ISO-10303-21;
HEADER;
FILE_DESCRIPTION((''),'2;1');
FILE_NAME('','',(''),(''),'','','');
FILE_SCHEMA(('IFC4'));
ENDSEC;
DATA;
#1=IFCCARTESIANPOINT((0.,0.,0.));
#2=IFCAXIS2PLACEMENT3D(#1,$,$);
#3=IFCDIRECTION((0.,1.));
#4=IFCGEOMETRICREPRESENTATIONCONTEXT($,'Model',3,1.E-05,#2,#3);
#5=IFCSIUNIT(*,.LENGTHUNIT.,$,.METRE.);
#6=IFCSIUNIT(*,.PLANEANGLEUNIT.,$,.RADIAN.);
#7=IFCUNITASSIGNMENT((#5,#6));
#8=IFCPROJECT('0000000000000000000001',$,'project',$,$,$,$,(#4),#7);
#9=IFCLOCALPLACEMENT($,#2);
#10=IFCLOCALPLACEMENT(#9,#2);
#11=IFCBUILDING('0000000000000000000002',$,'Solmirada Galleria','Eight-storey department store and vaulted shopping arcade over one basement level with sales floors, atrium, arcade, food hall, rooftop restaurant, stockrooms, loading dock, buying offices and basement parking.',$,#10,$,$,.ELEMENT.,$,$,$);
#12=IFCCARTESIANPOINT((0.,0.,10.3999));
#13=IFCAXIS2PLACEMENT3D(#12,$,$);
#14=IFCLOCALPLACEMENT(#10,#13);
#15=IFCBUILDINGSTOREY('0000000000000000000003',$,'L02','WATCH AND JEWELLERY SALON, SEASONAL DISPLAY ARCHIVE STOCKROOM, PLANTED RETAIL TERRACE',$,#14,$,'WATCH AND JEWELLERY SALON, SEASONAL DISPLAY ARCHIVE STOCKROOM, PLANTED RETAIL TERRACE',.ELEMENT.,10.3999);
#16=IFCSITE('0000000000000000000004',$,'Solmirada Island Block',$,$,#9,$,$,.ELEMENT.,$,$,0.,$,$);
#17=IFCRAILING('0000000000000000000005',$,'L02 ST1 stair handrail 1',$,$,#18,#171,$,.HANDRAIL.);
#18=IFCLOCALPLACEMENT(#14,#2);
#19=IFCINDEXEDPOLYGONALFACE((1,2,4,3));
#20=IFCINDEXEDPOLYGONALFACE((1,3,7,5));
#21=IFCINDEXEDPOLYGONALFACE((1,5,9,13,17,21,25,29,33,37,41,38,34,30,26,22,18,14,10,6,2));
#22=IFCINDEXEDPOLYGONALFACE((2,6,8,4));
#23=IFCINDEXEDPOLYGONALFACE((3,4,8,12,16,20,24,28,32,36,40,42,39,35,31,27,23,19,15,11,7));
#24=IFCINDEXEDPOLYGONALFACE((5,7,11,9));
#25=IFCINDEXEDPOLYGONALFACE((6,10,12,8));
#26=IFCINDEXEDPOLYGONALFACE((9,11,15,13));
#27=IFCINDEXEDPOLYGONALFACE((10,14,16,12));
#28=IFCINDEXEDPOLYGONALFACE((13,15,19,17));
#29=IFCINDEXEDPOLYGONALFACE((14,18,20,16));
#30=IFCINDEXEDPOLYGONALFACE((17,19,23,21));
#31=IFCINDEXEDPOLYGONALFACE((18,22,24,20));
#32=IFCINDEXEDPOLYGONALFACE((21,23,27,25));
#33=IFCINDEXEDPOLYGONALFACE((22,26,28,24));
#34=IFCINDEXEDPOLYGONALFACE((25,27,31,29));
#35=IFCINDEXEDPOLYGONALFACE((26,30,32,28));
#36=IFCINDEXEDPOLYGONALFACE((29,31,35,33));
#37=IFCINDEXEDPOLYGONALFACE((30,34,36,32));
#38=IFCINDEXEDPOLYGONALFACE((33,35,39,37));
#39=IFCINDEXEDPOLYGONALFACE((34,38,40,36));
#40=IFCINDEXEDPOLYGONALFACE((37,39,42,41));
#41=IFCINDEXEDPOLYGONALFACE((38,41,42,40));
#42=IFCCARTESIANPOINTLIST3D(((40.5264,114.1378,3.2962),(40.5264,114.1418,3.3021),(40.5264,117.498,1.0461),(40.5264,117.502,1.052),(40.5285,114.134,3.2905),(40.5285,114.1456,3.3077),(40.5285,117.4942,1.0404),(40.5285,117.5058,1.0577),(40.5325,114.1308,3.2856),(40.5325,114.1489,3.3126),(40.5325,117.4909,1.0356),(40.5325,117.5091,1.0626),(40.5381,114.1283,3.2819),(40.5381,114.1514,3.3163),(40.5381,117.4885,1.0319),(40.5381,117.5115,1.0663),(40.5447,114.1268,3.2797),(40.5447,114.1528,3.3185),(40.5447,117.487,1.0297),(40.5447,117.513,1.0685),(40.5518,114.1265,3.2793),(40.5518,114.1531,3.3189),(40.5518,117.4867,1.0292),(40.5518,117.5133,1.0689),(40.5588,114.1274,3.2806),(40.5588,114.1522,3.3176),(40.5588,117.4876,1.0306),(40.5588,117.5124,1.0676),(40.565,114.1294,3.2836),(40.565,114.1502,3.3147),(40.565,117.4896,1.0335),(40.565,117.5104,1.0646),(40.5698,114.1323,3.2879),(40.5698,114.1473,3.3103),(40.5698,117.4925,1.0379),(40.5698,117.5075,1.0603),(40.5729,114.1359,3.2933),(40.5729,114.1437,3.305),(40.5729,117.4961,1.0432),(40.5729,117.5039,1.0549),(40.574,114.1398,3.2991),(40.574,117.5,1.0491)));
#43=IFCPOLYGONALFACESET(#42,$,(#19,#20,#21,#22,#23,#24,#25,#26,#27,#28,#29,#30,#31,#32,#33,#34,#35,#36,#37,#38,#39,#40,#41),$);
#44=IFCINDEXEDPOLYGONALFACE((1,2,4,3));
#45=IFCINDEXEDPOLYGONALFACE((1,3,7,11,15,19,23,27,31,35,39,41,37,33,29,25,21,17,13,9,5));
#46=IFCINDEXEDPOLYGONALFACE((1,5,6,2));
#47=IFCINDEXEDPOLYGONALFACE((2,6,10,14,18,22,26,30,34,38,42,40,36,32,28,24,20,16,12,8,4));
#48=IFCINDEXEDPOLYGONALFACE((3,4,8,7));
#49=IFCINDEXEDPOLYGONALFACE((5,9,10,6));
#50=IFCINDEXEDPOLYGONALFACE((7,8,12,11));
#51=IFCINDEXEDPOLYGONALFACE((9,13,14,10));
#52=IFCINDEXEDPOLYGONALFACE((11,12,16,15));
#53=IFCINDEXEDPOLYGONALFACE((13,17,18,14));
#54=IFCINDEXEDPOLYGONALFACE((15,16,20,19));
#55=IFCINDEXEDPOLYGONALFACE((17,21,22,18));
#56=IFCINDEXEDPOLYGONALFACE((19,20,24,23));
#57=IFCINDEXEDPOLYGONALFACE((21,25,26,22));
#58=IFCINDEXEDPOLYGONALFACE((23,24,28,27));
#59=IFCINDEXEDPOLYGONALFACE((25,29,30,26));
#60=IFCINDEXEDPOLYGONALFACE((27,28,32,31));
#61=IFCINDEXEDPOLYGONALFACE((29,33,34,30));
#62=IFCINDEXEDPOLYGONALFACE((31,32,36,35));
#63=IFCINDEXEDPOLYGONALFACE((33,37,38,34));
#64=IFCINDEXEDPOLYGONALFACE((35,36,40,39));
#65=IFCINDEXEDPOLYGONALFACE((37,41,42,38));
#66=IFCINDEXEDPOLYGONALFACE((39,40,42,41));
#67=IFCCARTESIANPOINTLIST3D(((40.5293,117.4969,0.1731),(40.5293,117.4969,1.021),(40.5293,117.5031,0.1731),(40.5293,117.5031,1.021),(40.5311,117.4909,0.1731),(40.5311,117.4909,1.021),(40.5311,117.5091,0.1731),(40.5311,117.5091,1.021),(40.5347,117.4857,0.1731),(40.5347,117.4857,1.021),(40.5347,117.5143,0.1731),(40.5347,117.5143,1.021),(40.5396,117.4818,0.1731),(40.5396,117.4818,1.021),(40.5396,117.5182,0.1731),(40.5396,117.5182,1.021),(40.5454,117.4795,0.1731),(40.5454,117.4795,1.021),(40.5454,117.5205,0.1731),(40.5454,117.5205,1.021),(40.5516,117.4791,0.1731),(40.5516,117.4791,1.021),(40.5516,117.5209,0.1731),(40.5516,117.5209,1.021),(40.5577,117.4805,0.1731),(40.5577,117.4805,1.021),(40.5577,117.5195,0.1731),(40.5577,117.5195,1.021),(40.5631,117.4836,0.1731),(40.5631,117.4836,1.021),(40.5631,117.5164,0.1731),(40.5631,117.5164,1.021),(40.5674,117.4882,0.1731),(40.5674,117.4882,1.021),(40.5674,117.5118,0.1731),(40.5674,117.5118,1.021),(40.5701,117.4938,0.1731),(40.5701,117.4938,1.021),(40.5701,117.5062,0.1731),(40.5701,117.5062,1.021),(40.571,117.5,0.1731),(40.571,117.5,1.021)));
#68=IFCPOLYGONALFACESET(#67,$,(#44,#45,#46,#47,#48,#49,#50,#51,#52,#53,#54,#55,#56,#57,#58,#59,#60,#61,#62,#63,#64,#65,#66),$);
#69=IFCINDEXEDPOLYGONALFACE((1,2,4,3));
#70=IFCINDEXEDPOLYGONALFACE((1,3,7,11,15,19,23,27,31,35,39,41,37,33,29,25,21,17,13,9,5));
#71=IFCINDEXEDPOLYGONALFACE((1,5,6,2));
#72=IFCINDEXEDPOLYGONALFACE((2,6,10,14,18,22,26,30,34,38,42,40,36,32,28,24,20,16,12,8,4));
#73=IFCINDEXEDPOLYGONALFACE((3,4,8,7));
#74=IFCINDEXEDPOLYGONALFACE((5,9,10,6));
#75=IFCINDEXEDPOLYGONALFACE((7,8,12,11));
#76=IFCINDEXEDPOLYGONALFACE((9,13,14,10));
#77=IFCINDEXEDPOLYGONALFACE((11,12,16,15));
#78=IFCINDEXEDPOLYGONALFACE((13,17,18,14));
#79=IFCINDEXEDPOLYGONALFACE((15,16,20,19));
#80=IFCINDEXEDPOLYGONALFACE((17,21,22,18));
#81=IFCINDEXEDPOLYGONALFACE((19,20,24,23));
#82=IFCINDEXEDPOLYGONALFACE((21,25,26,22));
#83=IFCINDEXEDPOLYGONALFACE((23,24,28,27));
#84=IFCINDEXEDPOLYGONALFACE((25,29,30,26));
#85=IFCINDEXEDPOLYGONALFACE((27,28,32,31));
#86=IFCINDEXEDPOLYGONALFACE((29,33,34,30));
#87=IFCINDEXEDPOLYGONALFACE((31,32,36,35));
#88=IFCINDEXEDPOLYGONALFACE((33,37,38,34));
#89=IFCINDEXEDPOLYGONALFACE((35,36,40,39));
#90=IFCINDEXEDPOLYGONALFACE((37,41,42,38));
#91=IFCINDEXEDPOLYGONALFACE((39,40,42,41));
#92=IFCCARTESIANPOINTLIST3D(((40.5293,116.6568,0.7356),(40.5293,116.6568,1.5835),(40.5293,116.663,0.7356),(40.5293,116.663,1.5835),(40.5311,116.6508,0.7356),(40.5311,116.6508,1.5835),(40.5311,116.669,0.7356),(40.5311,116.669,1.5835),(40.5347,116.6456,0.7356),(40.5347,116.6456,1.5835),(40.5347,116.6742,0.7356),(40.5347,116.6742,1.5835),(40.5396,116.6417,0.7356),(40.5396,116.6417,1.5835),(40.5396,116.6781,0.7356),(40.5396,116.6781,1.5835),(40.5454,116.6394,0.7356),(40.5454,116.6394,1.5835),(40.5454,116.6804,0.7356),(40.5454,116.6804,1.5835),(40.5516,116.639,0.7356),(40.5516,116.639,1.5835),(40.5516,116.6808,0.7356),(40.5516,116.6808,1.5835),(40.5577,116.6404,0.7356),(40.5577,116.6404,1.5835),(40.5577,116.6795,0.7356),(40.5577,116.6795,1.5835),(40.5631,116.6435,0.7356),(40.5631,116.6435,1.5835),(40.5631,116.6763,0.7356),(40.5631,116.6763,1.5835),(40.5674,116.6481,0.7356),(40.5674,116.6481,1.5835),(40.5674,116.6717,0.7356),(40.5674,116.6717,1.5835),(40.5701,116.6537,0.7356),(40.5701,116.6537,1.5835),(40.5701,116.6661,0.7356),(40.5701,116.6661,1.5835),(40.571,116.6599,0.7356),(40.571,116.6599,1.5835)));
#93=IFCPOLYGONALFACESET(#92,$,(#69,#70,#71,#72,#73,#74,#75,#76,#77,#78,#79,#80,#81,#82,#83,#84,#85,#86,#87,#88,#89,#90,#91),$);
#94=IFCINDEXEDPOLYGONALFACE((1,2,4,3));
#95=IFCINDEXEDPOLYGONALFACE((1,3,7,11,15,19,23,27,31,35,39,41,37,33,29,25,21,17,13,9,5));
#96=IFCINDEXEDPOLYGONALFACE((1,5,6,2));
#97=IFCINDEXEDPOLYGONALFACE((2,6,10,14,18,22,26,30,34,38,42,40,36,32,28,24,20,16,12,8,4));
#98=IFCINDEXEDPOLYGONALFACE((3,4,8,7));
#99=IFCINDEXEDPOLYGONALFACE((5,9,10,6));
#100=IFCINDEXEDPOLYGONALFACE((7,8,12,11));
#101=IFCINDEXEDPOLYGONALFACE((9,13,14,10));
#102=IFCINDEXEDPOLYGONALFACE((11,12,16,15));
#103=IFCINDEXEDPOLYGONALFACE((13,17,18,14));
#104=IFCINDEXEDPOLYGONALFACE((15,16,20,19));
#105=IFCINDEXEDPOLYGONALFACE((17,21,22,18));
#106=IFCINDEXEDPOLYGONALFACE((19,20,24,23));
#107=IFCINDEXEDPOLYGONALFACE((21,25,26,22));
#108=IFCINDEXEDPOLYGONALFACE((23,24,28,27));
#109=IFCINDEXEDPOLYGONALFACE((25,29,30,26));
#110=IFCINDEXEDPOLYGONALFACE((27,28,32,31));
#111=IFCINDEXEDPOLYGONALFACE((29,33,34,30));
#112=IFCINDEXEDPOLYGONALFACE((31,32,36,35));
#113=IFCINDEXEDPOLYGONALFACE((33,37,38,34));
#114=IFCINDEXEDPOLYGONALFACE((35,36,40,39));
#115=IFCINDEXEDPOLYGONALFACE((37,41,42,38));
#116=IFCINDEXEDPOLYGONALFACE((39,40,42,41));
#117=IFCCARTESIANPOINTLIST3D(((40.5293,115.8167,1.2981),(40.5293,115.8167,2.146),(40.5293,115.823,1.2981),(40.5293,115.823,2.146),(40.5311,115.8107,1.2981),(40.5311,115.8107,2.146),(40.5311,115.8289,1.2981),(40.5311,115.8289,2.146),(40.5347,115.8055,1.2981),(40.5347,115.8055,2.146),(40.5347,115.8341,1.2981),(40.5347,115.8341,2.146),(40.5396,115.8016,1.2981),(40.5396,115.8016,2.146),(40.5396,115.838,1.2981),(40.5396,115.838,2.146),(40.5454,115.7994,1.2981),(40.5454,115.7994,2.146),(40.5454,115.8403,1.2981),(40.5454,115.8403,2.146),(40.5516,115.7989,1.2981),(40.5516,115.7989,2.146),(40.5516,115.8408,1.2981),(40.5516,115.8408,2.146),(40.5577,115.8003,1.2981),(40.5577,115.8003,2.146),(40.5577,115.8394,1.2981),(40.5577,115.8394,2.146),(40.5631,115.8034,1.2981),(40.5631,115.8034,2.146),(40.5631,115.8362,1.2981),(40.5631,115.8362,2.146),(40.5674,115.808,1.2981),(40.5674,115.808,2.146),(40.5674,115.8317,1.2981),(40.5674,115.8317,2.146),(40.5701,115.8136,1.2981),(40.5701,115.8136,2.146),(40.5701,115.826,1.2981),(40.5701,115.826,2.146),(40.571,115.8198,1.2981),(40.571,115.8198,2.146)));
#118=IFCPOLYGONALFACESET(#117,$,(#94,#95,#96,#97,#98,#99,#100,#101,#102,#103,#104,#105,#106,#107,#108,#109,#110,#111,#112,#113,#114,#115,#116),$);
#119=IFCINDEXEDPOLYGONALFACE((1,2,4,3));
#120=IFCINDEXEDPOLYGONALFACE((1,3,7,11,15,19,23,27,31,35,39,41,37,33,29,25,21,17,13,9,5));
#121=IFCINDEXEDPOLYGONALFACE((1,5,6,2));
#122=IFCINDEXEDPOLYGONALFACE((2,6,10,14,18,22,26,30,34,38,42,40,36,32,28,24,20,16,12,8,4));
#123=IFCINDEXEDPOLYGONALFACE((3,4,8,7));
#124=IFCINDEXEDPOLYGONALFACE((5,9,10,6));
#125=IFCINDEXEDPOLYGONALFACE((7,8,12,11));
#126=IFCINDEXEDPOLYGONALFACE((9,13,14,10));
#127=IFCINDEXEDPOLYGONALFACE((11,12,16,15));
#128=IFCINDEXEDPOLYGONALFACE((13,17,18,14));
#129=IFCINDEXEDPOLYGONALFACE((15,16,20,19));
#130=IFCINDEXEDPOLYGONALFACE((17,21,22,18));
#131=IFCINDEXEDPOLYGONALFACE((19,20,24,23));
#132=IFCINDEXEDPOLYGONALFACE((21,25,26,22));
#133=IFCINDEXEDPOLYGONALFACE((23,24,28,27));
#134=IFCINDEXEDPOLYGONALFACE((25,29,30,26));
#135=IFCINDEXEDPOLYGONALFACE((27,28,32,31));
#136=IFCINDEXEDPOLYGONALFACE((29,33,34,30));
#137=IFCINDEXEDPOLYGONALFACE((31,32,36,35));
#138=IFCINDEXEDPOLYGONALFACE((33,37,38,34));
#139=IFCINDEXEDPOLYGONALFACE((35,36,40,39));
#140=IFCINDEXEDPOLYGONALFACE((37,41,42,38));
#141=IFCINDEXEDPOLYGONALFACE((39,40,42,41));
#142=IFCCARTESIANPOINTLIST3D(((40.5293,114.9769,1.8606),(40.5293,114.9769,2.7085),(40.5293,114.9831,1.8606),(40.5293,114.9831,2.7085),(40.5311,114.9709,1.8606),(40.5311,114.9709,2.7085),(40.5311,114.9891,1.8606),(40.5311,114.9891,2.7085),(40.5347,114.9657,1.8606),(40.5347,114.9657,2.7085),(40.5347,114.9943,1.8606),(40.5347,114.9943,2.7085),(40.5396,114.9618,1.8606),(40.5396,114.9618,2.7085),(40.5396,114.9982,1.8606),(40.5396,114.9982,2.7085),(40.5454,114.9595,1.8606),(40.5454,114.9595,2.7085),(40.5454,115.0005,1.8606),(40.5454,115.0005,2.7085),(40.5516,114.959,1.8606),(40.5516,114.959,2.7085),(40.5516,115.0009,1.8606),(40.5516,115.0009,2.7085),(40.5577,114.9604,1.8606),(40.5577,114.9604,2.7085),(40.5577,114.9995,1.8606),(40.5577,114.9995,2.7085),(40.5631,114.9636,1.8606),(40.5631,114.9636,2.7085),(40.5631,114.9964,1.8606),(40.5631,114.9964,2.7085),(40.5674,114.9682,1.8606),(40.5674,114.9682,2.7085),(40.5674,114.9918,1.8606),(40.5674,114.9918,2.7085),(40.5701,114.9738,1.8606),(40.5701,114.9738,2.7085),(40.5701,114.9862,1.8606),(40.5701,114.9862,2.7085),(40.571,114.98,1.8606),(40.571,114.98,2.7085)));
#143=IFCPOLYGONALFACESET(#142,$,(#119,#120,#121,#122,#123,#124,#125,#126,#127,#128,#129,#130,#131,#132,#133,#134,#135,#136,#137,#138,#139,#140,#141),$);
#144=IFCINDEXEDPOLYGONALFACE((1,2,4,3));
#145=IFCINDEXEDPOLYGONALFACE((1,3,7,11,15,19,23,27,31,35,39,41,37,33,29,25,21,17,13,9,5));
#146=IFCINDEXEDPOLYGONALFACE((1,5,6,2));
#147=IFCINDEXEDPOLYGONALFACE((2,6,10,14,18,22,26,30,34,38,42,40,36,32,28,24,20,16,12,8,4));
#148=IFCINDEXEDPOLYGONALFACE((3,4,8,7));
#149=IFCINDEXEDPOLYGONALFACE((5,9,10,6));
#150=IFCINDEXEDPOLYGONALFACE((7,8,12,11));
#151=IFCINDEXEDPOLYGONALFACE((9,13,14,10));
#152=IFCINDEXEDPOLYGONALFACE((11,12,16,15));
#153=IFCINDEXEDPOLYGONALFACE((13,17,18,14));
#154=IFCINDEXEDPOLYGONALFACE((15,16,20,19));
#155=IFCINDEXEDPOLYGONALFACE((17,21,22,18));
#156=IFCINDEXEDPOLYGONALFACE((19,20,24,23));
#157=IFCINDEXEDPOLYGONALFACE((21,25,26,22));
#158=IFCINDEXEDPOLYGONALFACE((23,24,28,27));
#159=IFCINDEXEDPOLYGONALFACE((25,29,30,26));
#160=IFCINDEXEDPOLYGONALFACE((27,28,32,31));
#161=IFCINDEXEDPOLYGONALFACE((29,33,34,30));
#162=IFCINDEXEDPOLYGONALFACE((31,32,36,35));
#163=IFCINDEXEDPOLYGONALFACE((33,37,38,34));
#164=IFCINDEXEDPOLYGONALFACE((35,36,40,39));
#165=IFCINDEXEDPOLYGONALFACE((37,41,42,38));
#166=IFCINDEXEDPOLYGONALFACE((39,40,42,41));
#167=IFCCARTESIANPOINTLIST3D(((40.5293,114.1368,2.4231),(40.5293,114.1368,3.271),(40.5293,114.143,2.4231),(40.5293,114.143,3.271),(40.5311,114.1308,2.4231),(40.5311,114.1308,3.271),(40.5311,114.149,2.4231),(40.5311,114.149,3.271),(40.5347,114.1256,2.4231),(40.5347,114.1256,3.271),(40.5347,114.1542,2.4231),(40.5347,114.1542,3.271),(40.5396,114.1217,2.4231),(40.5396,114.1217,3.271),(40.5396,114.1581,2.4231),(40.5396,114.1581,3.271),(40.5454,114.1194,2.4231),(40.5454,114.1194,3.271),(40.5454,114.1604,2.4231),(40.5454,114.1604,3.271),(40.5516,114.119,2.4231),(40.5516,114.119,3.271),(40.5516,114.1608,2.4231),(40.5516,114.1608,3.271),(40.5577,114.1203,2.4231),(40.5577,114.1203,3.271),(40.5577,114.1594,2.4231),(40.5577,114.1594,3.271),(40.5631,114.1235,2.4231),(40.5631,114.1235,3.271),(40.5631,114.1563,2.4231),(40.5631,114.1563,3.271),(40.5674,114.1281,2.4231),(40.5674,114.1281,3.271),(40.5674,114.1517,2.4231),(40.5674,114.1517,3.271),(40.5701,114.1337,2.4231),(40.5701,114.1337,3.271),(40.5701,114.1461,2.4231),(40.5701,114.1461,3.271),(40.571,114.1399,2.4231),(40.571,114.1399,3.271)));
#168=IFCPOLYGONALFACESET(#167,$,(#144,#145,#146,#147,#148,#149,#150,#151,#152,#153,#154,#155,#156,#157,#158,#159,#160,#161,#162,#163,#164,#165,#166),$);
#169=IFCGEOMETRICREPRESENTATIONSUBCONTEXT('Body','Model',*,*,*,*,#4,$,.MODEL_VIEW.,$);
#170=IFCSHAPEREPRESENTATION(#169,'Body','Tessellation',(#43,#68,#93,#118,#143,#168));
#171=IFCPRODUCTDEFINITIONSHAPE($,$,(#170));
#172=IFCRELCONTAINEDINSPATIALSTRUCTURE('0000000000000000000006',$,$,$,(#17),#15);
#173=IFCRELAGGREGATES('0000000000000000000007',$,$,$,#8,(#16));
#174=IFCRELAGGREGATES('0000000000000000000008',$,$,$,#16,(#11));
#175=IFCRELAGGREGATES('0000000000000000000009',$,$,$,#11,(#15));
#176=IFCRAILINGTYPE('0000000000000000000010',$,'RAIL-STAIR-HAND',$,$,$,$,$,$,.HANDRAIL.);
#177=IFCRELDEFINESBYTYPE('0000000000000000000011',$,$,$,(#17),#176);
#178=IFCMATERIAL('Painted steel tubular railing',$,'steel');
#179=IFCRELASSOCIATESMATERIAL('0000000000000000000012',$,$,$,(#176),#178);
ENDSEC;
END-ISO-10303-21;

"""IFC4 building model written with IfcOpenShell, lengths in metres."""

from ifc_helpers import new_model, si_unit, direction, frame, origin, origin_2d, place, context, subcontext, project, spatial, circle, extrude, material, type_object, element, save


model = new_model("IFC4")

# Units and contexts
model_context = context("Model", 3, precision=1e-05, world=origin(), true_north=direction((0.0, 1.0)))
body_context = subcontext(model_context, "Body", "Model", "MODEL_VIEW")
ifc_project = project(units=[si_unit("LENGTHUNIT", "METRE"), si_unit("PLANEANGLEUNIT", "RADIAN")], contexts=[model_context])

# Site, building, storey
site_placement = place(None, origin())
site = spatial("IfcSite", under=ifc_project, at=site_placement, Name="Solmirada Island Block", CompositionType="ELEMENT", RefElevation=0.0)
building_placement = place(site_placement, origin())
building = spatial("IfcBuilding", under=site, at=building_placement, Name="Solmirada Galleria", Description="Eight-storey department store and vaulted shopping arcade over one basement level with sales floors, atrium, arcade, food hall, rooftop restaurant, stockrooms, loading dock, buying offices and basement parking.", CompositionType="ELEMENT")
storey_placement = place(building_placement, frame((0.0, 0.0, 10.3999)))
storey = spatial("IfcBuildingStorey", under=building, at=storey_placement, Name="L02", Description="WATCH AND JEWELLERY SALON, SEASONAL DISPLAY ARCHIVE STOCKROOM, PLANTED RETAIL TERRACE", LongName="WATCH AND JEWELLERY SALON, SEASONAL DISPLAY ARCHIVE STOCKROOM, PLANTED RETAIL TERRACE", CompositionType="ELEMENT", Elevation=10.3999)

# Railing
ifc_material_1 = material(Name="Painted steel tubular railing", Category="steel")
railing_type_1 = type_object("IfcRailingType", Name="RAIL-STAIR-HAND", PredefinedType="HANDRAIL", material=ifc_material_1)
railing_1_placement = place(storey_placement, frame((40.55, 117.5, 0.1731)))
element("IfcRailing", 1, at=railing_1_placement, inside=storey, type_object=railing_type_1, Name="L02 ST1 stair handrail 1", PredefinedType="HANDRAIL", context=body_context, shape_type="SweptSolid", body=[
    extrude(circle(Radius=0.0239, at=origin_2d()), frame((0.0, 0.0, 0.876), z_axis=(0.0, -0.830915, 0.556399), x_axis=(1.0, 0.0, 0.0)), (0.0, 0.0, 1.0), 4.0439),
    extrude(circle(Radius=0.021, at=origin_2d()), origin(), (0.0, 0.0, 1.0), 0.8479),
    extrude(circle(Radius=0.021, at=origin_2d()), frame((0.0, -0.8401, 0.5625)), (0.0, 0.0, 1.0), 0.8479),
    extrude(circle(Radius=0.021, at=origin_2d()), frame((0.0, -1.6802, 1.125)), (0.0, 0.0, 1.0), 0.8479),
    extrude(circle(Radius=0.021, at=origin_2d()), frame((0.0, -2.52, 1.6875)), (0.0, 0.0, 1.0), 0.8479),
    extrude(circle(Radius=0.021, at=origin_2d()), frame((0.0, -3.3601, 2.25)), (0.0, 0.0, 1.0), 0.8479),
])

save(model, "model.ifc")
